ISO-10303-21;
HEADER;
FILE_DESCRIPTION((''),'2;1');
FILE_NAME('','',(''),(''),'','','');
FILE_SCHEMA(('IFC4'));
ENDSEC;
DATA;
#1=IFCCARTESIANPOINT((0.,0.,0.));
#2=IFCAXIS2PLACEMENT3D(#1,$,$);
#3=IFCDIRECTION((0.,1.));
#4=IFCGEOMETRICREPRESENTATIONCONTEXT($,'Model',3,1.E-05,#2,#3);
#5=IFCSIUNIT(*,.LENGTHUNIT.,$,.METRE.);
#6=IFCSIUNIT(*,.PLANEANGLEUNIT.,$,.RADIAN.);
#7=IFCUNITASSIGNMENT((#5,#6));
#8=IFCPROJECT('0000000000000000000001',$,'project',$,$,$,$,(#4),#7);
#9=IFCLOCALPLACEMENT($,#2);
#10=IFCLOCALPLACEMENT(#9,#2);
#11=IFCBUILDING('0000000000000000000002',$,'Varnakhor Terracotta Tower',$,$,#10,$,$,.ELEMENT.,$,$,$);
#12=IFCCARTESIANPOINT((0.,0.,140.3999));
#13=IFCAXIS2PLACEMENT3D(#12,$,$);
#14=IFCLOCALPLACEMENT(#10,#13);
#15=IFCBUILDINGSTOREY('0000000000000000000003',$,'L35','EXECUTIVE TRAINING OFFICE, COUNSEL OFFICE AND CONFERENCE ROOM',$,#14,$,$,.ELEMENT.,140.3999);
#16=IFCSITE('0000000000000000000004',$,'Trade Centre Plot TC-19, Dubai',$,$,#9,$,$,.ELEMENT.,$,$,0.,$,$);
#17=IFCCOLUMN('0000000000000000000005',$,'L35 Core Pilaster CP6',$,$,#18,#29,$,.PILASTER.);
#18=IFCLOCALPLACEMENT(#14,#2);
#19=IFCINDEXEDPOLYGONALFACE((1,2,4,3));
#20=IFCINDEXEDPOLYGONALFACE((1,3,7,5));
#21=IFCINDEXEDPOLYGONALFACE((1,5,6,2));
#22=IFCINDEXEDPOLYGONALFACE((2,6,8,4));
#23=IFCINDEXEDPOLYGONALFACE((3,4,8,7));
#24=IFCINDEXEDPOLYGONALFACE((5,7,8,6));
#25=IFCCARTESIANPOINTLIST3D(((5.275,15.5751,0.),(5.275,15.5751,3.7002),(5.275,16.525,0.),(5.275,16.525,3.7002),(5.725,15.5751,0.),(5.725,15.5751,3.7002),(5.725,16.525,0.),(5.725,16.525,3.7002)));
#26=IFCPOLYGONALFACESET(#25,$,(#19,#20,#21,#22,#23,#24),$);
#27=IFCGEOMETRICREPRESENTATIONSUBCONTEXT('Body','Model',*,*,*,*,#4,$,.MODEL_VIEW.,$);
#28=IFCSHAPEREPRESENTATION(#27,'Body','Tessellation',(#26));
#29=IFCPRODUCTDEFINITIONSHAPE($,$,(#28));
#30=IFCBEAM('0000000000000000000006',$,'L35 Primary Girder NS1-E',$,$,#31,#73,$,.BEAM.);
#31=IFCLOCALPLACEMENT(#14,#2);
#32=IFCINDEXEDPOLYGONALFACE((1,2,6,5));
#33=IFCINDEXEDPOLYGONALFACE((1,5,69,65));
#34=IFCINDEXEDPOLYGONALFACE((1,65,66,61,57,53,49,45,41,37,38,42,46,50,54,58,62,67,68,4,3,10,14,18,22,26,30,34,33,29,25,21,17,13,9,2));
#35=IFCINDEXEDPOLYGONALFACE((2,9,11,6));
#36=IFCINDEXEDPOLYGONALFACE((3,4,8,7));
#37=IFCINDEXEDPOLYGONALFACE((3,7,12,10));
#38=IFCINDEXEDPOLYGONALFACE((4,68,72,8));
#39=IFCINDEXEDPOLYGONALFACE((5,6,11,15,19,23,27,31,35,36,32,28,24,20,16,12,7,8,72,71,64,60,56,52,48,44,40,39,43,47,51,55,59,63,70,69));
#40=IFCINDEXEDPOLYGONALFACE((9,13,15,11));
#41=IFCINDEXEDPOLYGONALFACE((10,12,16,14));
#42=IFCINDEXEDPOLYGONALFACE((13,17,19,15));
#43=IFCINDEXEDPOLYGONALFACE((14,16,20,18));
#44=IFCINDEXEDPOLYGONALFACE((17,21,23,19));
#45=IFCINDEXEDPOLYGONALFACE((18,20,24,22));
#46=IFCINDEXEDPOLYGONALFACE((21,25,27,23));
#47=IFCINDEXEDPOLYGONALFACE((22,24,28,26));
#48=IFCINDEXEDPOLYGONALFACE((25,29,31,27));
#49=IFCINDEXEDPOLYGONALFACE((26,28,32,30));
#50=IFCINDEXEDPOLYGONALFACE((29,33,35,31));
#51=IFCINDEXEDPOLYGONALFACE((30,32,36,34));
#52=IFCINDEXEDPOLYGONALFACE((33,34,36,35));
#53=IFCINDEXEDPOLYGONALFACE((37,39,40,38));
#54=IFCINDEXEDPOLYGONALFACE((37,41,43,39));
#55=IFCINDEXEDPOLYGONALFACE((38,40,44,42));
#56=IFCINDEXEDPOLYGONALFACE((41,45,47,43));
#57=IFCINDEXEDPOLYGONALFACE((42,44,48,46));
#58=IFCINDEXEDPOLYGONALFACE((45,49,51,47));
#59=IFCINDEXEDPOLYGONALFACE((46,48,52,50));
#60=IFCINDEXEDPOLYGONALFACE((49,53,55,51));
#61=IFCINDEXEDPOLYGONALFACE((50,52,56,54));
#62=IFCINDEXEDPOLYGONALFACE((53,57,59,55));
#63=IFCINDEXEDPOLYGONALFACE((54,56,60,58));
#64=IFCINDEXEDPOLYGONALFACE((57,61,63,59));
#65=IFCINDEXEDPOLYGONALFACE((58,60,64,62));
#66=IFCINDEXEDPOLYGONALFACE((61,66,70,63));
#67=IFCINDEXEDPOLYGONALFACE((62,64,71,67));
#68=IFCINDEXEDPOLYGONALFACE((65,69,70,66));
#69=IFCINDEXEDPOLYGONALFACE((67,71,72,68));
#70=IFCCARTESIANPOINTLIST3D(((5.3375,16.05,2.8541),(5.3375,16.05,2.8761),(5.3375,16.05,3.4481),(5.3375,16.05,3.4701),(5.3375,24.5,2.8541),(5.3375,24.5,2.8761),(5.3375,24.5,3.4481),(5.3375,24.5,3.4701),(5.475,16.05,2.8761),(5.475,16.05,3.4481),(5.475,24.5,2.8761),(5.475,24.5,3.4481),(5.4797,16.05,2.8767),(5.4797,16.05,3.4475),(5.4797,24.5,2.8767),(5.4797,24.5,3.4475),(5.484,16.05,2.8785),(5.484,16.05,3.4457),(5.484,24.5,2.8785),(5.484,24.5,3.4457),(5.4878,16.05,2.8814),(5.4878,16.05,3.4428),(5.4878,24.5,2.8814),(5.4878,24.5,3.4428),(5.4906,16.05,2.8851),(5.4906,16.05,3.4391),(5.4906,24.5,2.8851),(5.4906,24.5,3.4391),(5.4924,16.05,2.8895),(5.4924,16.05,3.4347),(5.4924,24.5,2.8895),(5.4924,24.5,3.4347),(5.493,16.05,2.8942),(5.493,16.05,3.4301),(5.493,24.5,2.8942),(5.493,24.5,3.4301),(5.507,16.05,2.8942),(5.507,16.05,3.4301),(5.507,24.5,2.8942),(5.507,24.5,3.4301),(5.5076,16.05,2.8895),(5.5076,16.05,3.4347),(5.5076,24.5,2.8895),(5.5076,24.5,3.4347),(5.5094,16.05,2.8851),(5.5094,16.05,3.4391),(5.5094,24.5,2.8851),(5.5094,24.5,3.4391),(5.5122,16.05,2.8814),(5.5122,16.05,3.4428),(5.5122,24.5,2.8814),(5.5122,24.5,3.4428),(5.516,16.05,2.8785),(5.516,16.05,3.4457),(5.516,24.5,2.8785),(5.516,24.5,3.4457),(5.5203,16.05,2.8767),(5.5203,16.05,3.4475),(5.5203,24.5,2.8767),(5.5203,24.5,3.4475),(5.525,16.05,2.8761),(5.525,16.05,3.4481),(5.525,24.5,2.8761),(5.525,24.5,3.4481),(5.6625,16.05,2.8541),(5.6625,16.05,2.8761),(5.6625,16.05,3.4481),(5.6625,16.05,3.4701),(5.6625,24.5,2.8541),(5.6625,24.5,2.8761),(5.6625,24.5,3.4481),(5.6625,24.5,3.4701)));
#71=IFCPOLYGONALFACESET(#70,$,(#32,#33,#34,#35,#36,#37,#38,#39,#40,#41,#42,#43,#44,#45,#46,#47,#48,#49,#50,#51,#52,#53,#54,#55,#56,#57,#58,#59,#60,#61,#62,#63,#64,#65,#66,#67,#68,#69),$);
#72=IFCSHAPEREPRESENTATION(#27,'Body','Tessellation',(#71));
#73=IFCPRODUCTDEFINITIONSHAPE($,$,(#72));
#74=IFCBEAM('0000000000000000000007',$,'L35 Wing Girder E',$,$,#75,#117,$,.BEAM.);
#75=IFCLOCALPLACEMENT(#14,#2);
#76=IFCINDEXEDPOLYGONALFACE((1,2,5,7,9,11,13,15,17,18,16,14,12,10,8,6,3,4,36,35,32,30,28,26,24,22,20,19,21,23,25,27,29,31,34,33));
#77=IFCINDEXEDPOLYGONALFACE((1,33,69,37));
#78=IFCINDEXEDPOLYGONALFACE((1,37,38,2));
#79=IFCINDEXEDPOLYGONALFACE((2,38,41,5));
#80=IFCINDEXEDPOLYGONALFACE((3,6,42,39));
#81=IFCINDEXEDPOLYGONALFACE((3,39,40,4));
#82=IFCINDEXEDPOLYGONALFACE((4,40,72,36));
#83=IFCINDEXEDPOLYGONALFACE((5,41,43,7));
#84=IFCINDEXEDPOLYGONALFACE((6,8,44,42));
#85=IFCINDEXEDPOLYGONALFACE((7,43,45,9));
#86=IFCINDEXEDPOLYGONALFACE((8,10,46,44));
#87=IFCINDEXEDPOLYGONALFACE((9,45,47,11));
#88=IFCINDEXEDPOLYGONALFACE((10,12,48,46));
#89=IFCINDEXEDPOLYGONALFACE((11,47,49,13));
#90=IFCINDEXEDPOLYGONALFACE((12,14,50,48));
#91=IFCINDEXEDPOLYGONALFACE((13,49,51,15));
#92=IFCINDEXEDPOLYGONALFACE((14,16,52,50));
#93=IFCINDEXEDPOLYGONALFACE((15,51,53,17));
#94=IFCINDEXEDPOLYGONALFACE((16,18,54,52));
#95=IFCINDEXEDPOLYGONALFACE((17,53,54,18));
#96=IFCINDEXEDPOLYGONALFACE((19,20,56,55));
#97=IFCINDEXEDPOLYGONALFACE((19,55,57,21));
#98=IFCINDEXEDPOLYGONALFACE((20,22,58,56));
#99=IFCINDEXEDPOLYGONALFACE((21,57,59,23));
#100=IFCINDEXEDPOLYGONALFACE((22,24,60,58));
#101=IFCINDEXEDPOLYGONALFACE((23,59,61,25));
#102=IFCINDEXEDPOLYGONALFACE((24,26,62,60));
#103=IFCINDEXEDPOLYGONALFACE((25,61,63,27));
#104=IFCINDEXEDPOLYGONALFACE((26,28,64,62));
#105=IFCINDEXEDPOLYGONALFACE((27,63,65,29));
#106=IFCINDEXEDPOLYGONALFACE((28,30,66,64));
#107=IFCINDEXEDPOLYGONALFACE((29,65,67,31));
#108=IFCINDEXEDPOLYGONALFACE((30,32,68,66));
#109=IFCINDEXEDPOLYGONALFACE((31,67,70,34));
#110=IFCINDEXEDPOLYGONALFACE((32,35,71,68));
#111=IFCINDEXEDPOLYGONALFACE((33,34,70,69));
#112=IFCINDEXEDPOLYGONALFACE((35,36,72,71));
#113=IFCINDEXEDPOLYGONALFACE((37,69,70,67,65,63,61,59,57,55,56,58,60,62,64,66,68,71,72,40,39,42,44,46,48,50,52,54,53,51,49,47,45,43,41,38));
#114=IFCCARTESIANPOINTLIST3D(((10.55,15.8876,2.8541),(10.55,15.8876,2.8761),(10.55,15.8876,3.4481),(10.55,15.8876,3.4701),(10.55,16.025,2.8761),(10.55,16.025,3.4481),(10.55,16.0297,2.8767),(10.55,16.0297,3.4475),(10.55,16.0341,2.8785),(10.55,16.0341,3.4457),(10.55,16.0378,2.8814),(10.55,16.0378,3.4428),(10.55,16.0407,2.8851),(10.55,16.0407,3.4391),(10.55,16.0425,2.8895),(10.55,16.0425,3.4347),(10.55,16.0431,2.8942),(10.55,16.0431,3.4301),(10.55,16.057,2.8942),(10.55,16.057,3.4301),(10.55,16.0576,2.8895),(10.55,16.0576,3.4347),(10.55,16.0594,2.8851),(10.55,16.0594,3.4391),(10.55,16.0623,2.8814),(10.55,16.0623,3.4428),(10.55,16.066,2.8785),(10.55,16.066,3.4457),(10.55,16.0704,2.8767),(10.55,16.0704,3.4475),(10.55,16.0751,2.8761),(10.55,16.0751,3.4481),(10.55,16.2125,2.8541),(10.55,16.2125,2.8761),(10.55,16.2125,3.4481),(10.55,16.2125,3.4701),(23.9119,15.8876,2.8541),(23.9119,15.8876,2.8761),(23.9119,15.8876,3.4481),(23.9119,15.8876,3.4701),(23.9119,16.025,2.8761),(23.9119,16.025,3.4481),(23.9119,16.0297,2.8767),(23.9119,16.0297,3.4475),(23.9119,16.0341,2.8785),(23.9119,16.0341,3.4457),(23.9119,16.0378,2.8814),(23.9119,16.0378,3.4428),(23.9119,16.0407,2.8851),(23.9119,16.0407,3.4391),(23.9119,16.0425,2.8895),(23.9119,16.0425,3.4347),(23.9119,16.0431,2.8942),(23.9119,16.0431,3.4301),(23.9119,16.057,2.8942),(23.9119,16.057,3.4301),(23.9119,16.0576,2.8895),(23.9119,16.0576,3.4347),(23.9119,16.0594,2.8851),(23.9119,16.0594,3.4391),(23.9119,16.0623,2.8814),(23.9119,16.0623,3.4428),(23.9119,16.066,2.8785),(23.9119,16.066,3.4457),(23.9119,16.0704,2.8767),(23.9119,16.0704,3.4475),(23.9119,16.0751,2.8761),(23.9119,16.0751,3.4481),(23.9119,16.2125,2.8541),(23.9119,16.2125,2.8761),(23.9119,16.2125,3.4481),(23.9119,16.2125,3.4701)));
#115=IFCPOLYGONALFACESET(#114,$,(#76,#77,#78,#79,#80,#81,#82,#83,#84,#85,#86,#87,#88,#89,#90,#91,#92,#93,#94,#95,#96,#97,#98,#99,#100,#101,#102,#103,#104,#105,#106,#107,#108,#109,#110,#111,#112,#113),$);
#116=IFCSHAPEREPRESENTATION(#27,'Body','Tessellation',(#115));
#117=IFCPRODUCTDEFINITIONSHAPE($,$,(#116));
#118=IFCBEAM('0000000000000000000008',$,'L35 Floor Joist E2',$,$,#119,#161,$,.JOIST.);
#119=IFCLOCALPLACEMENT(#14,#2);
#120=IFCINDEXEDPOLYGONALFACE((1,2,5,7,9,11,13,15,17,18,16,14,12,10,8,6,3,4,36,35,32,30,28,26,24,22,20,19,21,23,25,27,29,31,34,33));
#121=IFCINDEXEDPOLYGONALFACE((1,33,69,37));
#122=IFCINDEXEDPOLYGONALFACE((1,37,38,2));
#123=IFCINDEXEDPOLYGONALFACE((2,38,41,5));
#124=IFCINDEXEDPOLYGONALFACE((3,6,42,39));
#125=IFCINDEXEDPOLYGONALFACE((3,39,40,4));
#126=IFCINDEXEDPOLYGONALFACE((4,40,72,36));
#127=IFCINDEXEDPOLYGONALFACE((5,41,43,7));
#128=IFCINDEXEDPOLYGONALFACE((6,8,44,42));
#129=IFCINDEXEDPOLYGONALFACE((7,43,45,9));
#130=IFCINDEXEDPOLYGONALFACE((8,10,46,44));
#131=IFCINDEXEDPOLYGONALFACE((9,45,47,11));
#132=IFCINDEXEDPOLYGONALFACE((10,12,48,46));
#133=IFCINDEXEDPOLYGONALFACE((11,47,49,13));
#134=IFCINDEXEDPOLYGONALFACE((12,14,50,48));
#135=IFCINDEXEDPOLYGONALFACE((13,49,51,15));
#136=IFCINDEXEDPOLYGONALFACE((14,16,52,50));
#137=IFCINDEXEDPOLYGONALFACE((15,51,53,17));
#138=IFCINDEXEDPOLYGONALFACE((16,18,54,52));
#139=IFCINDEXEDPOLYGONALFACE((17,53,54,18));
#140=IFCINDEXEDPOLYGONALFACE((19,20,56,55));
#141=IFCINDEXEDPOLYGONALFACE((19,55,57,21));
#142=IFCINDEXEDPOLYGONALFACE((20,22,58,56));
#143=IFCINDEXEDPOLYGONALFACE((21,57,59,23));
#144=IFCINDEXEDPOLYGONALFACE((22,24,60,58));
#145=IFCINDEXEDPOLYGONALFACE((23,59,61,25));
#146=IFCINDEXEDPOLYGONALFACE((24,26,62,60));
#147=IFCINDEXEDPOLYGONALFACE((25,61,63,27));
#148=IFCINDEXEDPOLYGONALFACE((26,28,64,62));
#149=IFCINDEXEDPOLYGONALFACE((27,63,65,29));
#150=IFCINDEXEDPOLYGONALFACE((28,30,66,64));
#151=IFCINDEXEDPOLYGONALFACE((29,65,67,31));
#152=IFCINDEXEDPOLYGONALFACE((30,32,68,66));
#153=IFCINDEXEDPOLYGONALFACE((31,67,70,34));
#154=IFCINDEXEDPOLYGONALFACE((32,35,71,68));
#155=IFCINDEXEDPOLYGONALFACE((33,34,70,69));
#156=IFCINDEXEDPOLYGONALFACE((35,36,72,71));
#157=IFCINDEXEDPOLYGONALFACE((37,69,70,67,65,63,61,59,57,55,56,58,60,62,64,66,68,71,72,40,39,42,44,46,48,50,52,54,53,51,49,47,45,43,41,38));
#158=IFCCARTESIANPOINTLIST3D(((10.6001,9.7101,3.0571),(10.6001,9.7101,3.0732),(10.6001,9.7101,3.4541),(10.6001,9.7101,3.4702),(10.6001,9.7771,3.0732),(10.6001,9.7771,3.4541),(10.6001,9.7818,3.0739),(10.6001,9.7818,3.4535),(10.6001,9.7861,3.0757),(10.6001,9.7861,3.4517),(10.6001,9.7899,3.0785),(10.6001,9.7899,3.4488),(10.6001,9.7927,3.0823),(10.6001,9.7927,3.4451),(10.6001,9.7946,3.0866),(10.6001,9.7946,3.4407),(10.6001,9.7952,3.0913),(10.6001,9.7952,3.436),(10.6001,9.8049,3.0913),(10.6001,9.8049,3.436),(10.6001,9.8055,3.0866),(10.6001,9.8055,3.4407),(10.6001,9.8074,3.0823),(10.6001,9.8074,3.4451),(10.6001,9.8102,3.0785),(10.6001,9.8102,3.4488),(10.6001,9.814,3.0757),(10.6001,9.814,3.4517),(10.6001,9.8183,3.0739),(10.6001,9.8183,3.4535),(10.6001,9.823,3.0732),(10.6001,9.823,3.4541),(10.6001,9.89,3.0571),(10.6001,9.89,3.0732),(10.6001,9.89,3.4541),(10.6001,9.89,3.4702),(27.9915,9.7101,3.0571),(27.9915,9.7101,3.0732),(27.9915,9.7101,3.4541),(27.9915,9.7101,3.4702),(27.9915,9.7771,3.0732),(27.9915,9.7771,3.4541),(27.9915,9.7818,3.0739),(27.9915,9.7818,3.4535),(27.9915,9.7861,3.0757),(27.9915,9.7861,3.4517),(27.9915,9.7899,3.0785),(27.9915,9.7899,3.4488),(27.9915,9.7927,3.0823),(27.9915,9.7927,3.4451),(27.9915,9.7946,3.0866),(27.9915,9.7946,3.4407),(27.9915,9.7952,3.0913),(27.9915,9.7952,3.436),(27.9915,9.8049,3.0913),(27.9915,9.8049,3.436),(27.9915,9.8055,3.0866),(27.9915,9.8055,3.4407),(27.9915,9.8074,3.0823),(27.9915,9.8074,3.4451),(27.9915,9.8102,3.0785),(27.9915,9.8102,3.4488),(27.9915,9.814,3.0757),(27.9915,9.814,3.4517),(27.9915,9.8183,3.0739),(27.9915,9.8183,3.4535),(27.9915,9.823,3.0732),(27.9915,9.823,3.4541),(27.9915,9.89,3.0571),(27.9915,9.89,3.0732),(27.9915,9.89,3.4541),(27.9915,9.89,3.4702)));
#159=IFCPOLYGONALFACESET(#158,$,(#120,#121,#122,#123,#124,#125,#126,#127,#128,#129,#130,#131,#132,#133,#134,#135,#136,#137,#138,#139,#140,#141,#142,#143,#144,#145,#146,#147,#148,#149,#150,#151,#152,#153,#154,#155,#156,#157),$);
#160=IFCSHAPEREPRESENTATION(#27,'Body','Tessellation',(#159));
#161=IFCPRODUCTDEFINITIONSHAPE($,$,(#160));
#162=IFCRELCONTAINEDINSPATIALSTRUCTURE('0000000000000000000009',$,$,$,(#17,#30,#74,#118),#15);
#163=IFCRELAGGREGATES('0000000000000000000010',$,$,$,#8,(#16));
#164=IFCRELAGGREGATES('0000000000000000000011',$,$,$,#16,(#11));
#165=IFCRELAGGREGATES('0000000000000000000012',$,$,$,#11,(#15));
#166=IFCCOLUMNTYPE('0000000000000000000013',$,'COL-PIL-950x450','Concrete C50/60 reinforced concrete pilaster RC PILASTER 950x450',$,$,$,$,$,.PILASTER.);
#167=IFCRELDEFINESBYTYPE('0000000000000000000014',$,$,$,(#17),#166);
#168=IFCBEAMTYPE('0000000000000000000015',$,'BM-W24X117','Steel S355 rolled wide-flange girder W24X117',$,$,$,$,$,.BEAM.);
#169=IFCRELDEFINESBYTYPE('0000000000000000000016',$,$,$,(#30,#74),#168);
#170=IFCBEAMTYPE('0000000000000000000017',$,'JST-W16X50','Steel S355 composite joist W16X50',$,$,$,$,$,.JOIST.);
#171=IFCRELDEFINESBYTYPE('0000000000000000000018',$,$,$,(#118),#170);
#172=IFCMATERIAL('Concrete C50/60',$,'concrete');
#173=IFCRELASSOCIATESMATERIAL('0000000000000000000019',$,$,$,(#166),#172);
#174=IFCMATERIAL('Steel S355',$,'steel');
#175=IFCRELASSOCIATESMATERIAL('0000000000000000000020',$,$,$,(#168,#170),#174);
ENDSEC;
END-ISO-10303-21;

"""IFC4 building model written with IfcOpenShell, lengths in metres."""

from ifc_helpers import new_model, si_unit, direction, frame, origin, origin_2d, place, context, subcontext, project, spatial, rectangle, i_section, extrude, source, transform, mapped, material, material_profile, profile_set, type_object, type_shapes, element, save


model = new_model("IFC4")

# Units and contexts
model_context = context("Model", 3, precision=1e-05, world=origin(), true_north=direction((0.0, 1.0)))
body_context = subcontext(model_context, "Body", "Model", "MODEL_VIEW")
ifc_project = project(units=[si_unit("LENGTHUNIT", "METRE"), si_unit("PLANEANGLEUNIT", "RADIAN")], contexts=[model_context])

# Site, building, storey
site_placement = place(None, origin())
site = spatial("IfcSite", under=ifc_project, at=site_placement, Name="Trade Centre Plot TC-19, Dubai", CompositionType="ELEMENT", RefElevation=0.0)
building_placement = place(site_placement, origin())
building = spatial("IfcBuilding", under=site, at=building_placement, Name="Varnakhor Terracotta Tower", CompositionType="ELEMENT")
storey_placement = place(building_placement, frame((0.0, 0.0, 140.3999)))
storey = spatial("IfcBuildingStorey", under=building, at=storey_placement, Name="L35", Description="EXECUTIVE TRAINING OFFICE, COUNSEL OFFICE AND CONFERENCE ROOM", CompositionType="ELEMENT", Elevation=140.3999)

# Column
ifc_material_1 = material(Name="Concrete C50/60", Category="concrete")
ifc_material_profile_1 = material_profile(ifc_material_1, rectangle(XDim=0.45, YDim=0.95, at=origin_2d()), Name="RC PILASTER 950x450")
ifc_profile_set_1 = profile_set([ifc_material_profile_1], Name="Concrete C50/60")
column_type = type_object("IfcColumnType", Name="COL-PIL-950x450", Description="Concrete C50/60 reinforced concrete pilaster RC PILASTER 950x450", PredefinedType="PILASTER", material=ifc_profile_set_1)
shared_shape_1 = source(origin(), body_context, "Body", "SweptSolid", [
    extrude(rectangle(XDim=0.45, YDim=0.95, at=origin_2d()), origin(), (0.0, 0.0, 1.0), 3.7002),
])
column_placement = place(storey_placement, frame((5.5, 16.05, 0.0), z_axis=(0.0, 0.0, 1.0), x_axis=(1.0, 0.0, 0.0)))
element("IfcColumn", 1, at=column_placement, inside=storey, type_object=column_type, Name="L35 Core Pilaster CP6", PredefinedType="PILASTER", context=body_context, shape_type="MappedRepresentation", body=[
    mapped(shared_shape_1, transform((0.0, 0.0, 0.0), scale=1.0)),
])

# Beams
ifc_material_2 = material(Name="Steel S355", Category="steel")
ifc_material_profile_2 = material_profile(ifc_material_2, i_section(OverallWidth=0.325, OverallDepth=0.616, WebThickness=0.0139, FlangeThickness=0.022, FilletRadius=0.0181, at=origin_2d()), Name="W24X117")
ifc_profile_set_2 = profile_set([ifc_material_profile_2], Name="Steel S355")
beam_type_1 = type_object("IfcBeamType", Name="BM-W24X117", Description="Steel S355 rolled wide-flange girder W24X117", PredefinedType="BEAM", material=ifc_profile_set_2)
shared_shape_2 = source(origin(), body_context, "Body", "SweptSolid", [
    extrude(i_section(OverallWidth=0.325, OverallDepth=0.616, WebThickness=0.0139, FlangeThickness=0.022, FilletRadius=0.0181, at=origin_2d()), origin(), (0.0, 0.0, 1.0), 8.45),
])
type_shapes(beam_type_1, [shared_shape_2])
beam_1_placement = place(storey_placement, frame((5.5, 16.05, 3.1621), z_axis=(0.0, 1.0, 0.0), x_axis=(-1.0, 0.0, 0.0)))
element("IfcBeam", 2, at=beam_1_placement, inside=storey, type_object=beam_type_1, Name="L35 Primary Girder NS1-E", PredefinedType="BEAM", context=body_context, shape_type="MappedRepresentation", body=[
    mapped(shared_shape_2, transform((0.0, 0.0, 0.0), scale=1.0)),
])
shared_shape_3 = source(origin(), body_context, "Body", "SweptSolid", [
    extrude(i_section(OverallWidth=0.325, OverallDepth=0.616, WebThickness=0.0139, FlangeThickness=0.022, FilletRadius=0.0181, at=origin_2d()), origin(), (0.0, 0.0, 1.0), 13.3618),
])
beam_2_placement = place(storey_placement, frame((10.55, 16.05, 3.1621), z_axis=(1.0, 0.0, 0.0), x_axis=(0.0, 1.0, 0.0)))
element("IfcBeam", 3, at=beam_2_placement, inside=storey, type_object=beam_type_1, Name="L35 Wing Girder E", PredefinedType="BEAM", context=body_context, shape_type="MappedRepresentation", body=[
    mapped(shared_shape_3, transform((0.0, 0.0, 0.0), scale=1.0)),
])
ifc_material_profile_3 = material_profile(ifc_material_2, i_section(OverallWidth=0.1799, OverallDepth=0.4131, WebThickness=0.0098, FlangeThickness=0.0161, FilletRadius=0.0181, at=origin_2d()), Name="W16X50")
ifc_profile_set_3 = profile_set([ifc_material_profile_3], Name="Steel S355")
beam_type_2 = type_object("IfcBeamType", Name="JST-W16X50", Description="Steel S355 composite joist W16X50", PredefinedType="JOIST", material=ifc_profile_set_3)
shared_shape_4 = source(origin(), body_context, "Body", "SweptSolid", [
    extrude(i_section(OverallWidth=0.1799, OverallDepth=0.4131, WebThickness=0.0098, FlangeThickness=0.0161, FilletRadius=0.0181, at=origin_2d()), origin(), (0.0, 0.0, 1.0), 17.3914),
])
beam_3_placement = place(storey_placement, frame((10.6001, 9.8, 3.2637), z_axis=(1.0, 0.0, 0.0), x_axis=(0.0, 1.0, 0.0)))
element("IfcBeam", 4, at=beam_3_placement, inside=storey, type_object=beam_type_2, Name="L35 Floor Joist E2", PredefinedType="JOIST", context=body_context, shape_type="MappedRepresentation", body=[
    mapped(shared_shape_4, transform((0.0, 0.0, 0.0), scale=1.0)),
])

save(model, "model.ifc")
